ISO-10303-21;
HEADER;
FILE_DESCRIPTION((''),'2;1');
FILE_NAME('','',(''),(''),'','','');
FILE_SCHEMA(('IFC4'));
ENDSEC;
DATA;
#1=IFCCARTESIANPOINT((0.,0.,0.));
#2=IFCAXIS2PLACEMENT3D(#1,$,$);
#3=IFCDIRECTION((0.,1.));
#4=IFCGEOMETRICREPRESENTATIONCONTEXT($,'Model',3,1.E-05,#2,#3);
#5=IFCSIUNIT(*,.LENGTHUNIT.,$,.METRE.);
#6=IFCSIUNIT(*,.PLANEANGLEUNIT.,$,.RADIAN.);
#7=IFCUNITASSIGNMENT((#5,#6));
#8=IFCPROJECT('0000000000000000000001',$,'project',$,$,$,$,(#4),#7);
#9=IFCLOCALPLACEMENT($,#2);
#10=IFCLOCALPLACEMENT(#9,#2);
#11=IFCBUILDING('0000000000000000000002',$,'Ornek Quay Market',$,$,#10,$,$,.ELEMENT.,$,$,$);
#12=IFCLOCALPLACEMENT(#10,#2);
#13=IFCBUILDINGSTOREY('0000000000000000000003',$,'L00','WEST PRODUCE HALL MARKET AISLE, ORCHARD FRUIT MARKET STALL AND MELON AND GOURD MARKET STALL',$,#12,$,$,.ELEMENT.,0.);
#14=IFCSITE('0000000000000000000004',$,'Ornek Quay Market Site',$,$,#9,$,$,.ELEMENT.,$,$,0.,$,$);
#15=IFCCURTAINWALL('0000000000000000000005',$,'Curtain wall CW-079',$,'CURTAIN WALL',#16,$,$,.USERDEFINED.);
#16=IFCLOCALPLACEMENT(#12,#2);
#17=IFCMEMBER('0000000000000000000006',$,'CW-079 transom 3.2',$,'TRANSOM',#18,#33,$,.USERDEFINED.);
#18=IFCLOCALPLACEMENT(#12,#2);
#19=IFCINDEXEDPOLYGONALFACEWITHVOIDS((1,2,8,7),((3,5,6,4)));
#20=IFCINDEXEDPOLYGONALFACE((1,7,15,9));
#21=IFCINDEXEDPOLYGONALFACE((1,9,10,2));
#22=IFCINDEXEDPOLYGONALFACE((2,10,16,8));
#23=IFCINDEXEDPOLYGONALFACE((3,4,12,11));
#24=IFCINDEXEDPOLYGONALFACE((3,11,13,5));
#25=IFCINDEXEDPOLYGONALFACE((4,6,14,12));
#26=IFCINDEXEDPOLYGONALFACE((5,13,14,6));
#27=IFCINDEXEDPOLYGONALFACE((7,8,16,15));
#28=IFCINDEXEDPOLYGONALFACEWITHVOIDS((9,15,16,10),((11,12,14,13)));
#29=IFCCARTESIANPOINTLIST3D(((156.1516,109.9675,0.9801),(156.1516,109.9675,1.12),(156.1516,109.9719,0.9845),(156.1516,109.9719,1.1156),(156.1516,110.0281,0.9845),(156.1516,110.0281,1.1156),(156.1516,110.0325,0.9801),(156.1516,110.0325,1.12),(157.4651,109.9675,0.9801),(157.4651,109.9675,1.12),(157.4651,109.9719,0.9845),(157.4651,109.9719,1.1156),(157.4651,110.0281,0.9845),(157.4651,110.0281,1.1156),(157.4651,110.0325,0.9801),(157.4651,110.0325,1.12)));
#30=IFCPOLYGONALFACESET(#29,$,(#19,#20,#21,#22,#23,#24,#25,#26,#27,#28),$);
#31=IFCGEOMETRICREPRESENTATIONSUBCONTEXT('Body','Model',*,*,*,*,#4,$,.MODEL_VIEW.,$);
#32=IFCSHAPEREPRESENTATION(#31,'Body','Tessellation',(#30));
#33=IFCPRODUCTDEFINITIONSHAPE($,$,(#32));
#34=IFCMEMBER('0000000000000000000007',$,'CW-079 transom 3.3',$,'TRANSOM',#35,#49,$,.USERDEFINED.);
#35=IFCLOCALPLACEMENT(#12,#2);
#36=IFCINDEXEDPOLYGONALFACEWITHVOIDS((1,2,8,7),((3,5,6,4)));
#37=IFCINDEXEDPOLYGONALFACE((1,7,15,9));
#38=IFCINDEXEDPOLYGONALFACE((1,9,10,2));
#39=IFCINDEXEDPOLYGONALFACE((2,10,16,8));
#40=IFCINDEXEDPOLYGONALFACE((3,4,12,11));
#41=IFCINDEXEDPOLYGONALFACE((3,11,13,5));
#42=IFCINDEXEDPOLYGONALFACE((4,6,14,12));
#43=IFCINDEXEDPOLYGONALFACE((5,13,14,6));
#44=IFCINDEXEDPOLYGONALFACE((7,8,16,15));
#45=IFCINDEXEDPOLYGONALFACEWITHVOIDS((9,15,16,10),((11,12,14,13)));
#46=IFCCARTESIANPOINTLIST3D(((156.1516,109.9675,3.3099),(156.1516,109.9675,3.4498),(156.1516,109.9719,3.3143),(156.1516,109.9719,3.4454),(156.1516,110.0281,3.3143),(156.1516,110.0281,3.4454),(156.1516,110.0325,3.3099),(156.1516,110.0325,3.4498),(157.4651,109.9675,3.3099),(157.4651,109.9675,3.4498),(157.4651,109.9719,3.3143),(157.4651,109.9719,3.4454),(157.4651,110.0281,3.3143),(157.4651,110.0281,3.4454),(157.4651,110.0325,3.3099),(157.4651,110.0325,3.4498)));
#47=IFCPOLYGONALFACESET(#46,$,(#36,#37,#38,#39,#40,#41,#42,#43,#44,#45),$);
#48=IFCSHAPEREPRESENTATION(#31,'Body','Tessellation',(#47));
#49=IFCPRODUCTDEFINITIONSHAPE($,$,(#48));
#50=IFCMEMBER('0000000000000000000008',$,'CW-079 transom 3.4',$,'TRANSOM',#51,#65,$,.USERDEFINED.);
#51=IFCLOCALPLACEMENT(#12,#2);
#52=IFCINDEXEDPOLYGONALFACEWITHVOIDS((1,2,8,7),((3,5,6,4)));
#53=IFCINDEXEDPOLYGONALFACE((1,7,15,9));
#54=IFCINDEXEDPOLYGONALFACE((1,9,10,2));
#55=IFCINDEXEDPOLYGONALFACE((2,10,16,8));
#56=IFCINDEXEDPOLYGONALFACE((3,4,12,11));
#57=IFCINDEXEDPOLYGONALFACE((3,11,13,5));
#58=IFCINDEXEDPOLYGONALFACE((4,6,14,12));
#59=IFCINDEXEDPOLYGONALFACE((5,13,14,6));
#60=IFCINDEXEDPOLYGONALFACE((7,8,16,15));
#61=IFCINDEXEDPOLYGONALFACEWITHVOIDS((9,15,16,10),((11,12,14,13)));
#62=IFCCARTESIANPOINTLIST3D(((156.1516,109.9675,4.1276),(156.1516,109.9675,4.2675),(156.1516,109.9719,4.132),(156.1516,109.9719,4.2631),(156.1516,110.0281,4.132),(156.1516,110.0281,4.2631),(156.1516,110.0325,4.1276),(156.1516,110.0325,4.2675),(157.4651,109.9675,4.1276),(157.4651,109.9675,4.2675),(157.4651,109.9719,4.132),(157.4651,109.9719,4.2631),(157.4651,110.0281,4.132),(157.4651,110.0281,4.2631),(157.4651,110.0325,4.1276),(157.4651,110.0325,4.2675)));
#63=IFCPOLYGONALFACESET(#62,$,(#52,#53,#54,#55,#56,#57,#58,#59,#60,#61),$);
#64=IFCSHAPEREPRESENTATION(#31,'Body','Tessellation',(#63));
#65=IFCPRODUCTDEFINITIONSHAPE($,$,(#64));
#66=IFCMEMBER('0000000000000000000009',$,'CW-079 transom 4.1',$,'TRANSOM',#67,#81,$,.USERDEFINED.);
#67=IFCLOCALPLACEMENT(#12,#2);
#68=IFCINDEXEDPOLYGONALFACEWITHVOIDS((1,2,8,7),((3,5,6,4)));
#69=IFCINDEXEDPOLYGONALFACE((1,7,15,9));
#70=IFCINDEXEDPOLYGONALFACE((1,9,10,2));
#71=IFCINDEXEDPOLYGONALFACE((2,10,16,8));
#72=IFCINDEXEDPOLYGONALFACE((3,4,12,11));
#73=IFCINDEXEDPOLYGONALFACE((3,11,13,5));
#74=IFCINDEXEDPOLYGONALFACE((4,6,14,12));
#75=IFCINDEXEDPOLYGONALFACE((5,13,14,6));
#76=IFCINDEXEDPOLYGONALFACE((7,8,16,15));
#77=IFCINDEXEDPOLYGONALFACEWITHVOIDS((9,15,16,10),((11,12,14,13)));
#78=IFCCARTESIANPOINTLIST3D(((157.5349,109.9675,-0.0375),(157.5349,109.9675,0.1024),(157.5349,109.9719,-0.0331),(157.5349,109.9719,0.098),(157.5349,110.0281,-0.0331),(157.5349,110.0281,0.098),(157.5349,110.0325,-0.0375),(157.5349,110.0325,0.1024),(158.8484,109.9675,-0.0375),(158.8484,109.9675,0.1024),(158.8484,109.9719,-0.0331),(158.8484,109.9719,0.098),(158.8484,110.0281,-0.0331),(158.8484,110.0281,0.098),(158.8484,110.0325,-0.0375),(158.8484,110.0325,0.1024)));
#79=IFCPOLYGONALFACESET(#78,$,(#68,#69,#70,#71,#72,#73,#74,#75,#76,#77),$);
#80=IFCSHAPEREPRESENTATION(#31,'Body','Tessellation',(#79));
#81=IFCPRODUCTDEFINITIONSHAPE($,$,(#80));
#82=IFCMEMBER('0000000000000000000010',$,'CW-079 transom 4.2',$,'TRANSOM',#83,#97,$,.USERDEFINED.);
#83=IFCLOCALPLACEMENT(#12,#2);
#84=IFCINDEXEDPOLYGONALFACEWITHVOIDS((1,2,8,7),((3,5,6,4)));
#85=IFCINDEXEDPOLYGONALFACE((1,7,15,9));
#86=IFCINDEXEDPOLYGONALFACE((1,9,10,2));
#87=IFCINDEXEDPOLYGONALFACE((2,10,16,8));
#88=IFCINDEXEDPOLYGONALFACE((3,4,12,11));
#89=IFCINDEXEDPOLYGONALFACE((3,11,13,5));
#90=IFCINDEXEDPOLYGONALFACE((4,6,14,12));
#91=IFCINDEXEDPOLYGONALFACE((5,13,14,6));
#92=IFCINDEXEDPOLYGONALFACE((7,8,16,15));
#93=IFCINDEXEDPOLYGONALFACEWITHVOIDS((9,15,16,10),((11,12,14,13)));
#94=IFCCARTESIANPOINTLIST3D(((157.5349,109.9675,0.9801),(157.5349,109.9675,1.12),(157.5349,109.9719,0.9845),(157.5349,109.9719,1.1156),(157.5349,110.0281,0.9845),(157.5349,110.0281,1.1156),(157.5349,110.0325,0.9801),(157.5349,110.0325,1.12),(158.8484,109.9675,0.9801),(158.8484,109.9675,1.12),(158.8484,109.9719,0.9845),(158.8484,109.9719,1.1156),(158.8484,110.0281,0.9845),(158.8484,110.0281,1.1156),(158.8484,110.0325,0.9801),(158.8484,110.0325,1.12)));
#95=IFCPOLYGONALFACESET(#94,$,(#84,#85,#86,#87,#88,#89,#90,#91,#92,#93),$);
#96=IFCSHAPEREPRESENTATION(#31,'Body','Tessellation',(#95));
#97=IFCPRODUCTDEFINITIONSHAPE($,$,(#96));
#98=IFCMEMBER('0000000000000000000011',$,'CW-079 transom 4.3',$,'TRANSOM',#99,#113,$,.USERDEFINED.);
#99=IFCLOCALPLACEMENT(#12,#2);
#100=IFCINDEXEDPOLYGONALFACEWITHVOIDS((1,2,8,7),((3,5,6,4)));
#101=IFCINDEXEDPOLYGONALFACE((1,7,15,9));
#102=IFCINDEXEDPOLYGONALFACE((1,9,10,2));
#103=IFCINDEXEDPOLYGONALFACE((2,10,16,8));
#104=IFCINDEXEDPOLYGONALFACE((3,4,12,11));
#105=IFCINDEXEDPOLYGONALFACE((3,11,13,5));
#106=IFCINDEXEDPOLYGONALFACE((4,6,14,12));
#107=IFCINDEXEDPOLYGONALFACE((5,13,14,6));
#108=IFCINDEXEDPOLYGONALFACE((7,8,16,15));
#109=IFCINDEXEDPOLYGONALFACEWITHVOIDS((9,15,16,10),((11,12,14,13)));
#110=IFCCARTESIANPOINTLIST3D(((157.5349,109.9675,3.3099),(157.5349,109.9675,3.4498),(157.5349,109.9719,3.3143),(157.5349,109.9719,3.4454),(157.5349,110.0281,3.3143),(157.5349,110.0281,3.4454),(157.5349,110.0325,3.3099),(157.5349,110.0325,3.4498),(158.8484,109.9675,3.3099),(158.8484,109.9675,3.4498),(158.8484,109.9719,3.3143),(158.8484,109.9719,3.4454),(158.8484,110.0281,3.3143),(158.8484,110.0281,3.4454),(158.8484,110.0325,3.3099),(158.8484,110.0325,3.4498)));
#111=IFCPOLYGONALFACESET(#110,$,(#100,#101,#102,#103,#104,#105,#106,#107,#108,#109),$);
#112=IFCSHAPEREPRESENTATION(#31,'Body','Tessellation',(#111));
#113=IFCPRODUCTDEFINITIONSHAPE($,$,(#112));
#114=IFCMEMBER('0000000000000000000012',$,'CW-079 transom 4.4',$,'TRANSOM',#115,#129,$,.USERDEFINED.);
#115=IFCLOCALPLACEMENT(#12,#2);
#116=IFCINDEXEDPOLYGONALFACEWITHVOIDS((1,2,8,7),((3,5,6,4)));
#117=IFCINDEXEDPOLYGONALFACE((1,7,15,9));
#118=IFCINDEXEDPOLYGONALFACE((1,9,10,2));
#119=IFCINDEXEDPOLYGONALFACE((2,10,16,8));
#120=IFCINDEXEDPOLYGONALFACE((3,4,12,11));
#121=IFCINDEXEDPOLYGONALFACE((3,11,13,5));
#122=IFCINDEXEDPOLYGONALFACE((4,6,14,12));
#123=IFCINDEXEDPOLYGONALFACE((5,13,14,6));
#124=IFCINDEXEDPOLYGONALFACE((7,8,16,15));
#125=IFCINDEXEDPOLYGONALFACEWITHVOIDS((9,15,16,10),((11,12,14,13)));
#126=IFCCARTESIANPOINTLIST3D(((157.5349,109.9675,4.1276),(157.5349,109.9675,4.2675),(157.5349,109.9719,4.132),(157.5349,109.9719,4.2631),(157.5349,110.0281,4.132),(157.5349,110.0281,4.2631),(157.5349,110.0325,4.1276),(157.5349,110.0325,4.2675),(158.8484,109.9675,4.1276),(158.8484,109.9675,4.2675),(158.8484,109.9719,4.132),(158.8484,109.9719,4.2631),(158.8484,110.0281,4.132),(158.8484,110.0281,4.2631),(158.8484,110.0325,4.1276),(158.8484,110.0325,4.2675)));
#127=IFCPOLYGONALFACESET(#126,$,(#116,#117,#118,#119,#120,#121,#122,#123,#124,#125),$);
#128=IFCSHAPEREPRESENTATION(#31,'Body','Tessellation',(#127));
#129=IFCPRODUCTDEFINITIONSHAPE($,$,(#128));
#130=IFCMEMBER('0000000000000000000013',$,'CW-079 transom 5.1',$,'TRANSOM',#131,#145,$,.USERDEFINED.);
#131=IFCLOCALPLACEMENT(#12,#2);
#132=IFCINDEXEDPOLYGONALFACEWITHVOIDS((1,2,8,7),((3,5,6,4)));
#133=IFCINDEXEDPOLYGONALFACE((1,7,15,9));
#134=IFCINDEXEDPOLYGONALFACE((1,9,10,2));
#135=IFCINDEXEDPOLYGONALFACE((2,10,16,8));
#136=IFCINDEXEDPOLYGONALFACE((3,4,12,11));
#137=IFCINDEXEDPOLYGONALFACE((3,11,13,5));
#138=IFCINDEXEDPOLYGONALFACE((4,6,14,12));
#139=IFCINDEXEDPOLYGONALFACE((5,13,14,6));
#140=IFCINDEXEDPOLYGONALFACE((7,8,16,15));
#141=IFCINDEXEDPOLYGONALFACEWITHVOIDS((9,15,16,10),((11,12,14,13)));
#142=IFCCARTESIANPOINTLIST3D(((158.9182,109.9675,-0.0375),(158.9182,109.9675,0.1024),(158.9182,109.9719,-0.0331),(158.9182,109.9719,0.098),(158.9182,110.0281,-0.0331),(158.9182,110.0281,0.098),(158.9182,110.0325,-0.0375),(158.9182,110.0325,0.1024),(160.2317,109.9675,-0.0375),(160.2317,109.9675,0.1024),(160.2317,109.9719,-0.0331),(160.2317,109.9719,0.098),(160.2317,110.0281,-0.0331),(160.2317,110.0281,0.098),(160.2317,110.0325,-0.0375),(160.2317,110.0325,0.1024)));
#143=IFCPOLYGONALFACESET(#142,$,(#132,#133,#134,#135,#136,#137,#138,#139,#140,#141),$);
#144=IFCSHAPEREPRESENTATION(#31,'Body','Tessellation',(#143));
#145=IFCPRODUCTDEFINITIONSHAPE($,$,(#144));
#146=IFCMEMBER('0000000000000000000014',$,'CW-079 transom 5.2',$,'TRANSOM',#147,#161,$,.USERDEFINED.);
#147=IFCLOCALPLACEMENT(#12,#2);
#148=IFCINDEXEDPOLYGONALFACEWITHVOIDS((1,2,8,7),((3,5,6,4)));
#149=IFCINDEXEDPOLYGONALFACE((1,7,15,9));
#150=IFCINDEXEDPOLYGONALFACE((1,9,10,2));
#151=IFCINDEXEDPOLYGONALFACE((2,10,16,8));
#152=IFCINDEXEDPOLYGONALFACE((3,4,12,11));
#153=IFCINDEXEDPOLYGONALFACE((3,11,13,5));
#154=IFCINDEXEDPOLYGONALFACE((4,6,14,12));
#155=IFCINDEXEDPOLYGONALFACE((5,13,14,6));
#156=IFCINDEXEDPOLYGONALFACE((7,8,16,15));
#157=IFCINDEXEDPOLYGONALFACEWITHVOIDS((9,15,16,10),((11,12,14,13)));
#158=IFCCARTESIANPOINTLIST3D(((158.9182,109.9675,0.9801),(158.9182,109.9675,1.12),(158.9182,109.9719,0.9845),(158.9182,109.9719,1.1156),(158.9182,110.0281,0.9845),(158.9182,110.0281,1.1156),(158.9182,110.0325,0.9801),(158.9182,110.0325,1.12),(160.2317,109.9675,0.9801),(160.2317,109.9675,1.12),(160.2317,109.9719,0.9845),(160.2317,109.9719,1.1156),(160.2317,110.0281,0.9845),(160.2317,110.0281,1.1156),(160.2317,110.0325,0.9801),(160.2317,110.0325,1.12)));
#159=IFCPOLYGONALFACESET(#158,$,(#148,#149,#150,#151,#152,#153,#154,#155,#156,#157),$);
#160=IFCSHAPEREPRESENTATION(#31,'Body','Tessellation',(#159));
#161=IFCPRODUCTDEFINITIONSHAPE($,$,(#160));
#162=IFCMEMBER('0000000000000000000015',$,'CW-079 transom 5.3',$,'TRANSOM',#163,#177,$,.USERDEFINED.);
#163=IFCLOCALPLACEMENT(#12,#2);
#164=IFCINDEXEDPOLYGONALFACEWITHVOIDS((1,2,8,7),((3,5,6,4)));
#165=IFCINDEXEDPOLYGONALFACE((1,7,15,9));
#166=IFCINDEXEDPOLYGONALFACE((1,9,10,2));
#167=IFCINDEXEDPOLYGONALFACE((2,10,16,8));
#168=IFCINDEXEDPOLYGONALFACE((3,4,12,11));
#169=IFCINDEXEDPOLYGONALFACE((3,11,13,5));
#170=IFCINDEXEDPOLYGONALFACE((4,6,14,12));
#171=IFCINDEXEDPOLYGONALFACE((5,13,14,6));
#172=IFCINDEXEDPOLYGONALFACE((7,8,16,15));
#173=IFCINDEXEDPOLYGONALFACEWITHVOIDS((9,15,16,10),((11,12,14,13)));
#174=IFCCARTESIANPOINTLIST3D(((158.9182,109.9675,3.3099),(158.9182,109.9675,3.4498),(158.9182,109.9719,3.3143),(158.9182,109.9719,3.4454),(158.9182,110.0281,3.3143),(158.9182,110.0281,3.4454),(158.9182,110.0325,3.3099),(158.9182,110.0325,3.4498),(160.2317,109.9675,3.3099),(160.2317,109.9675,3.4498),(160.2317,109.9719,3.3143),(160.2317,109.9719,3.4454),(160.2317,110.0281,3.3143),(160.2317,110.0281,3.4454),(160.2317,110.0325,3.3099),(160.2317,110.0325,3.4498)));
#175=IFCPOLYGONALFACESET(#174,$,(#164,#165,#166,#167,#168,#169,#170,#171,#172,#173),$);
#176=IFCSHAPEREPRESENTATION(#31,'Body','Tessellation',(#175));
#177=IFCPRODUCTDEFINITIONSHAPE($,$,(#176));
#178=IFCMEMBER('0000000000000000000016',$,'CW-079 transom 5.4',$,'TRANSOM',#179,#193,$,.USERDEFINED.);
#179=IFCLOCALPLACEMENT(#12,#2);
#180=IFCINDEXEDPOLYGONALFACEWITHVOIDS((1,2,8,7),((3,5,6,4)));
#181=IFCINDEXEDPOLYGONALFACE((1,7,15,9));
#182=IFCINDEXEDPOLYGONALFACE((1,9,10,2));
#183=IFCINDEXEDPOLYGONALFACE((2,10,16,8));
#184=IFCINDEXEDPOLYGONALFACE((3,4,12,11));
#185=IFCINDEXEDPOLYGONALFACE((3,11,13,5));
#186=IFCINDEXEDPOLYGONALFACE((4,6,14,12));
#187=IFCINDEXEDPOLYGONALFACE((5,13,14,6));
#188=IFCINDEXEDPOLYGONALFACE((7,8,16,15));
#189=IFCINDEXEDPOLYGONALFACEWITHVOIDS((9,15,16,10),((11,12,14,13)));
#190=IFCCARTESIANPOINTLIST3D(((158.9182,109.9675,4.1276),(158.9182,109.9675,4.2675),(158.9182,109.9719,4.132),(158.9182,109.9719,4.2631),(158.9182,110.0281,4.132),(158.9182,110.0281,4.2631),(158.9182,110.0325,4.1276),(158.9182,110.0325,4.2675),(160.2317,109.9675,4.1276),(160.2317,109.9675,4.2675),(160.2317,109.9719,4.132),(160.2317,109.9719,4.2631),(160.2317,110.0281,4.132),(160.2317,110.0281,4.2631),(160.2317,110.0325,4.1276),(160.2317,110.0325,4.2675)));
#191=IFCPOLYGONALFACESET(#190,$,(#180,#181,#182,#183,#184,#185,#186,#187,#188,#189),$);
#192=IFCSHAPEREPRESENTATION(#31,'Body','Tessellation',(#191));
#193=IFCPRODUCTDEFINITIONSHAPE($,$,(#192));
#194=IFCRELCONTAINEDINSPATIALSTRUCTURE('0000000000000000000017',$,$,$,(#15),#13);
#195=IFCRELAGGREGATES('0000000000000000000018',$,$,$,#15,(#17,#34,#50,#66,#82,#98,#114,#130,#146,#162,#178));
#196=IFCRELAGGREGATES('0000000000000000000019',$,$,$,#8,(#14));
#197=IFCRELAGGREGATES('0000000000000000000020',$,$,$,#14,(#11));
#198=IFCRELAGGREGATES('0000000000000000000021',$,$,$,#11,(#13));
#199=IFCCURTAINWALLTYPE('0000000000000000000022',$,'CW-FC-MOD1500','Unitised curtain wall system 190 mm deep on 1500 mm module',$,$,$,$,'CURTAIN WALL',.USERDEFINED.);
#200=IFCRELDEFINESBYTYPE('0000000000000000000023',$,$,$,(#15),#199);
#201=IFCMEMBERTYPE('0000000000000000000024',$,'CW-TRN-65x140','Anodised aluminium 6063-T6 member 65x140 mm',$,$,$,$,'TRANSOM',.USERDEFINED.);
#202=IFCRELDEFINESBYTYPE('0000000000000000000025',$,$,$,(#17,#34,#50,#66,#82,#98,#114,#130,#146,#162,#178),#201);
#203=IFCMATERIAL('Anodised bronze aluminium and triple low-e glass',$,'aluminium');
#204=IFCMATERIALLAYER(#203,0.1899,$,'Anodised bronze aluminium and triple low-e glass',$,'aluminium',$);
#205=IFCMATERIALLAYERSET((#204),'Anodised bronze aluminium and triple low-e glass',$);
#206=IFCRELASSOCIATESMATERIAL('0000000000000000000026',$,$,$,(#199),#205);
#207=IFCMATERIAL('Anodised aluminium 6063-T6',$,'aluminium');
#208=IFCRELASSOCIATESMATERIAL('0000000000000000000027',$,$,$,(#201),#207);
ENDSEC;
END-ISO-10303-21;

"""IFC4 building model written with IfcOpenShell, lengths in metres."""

from ifc_helpers import new_model, si_unit, direction, frame, origin, origin_2d, place, context, subcontext, project, spatial, hollow_rectangle, extrude, material, layer, layer_set, material_profile, profile_set, type_object, element, aggregate, save


model = new_model("IFC4")

# Units and contexts
model_context = context("Model", 3, precision=1e-05, world=origin(), true_north=direction((0.0, 1.0)))
body_context = subcontext(model_context, "Body", "Model", "MODEL_VIEW")
ifc_project = project(units=[si_unit("LENGTHUNIT", "METRE"), si_unit("PLANEANGLEUNIT", "RADIAN")], contexts=[model_context])

# Site, building, storey
site_placement = place(None, origin())
site = spatial("IfcSite", under=ifc_project, at=site_placement, Name="Ornek Quay Market Site", CompositionType="ELEMENT", RefElevation=0.0)
building_placement = place(site_placement, origin())
building = spatial("IfcBuilding", under=site, at=building_placement, Name="Ornek Quay Market", CompositionType="ELEMENT")
storey_placement = place(building_placement, origin())
storey = spatial("IfcBuildingStorey", under=building, at=storey_placement, Name="L00", Description="WEST PRODUCE HALL MARKET AISLE, ORCHARD FRUIT MARKET STALL AND MELON AND GOURD MARKET STALL", CompositionType="ELEMENT", Elevation=0.0)

# Curtain wall, members
ifc_material_1 = material(Name="Anodised bronze aluminium and triple low-e glass", Category="aluminium")
ifc_layer_1 = layer(ifc_material_1, 0.1899, Name="Anodised bronze aluminium and triple low-e glass", Category="aluminium")
ifc_layer_set_1 = layer_set([ifc_layer_1], Name="Anodised bronze aluminium and triple low-e glass")
curtain_wall_type = type_object("IfcCurtainWallType", Name="CW-FC-MOD1500", Description="Unitised curtain wall system 190 mm deep on 1500 mm module", ElementType="CURTAIN WALL", PredefinedType="USERDEFINED", material=ifc_layer_set_1)
curtain_wall_placement = place(storey_placement, origin())
curtain_wall = element("IfcCurtainWall", 1, at=curtain_wall_placement, inside=storey, type_object=curtain_wall_type, Name="Curtain wall CW-079", ObjectType="CURTAIN WALL", PredefinedType="USERDEFINED")
ifc_material_2 = material(Name="Anodised aluminium 6063-T6", Category="aluminium")
ifc_material_profile_1 = material_profile(ifc_material_2, hollow_rectangle(XDim=0.0649, YDim=0.1399, WallThickness=0.0044, at=origin_2d()), Name="CW-TRN-65x140", Category="aluminium")
ifc_profile_set_1 = profile_set([ifc_material_profile_1], Name="Anodised aluminium 6063-T6")
member_type_1 = type_object("IfcMemberType", Name="CW-TRN-65x140", Description="Anodised aluminium 6063-T6 member 65x140 mm", ElementType="TRANSOM", PredefinedType="USERDEFINED", material=ifc_profile_set_1)
member_1_placement = place(storey_placement, frame((156.1516, 110.0, 1.05), z_axis=(1.0, 0.0, 0.0), x_axis=(0.0, 1.0, 0.0)))
member_1 = element("IfcMember", 2, at=member_1_placement, type_object=member_type_1, Name="CW-079 transom 3.2", ObjectType="TRANSOM", PredefinedType="USERDEFINED", context=body_context, shape_type="SweptSolid", body=[
    extrude(hollow_rectangle(XDim=0.0649, YDim=0.1399, WallThickness=0.0044, at=origin_2d()), origin(), (0.0, 0.0, 1.0), 1.3135),
])
member_2_placement = place(storey_placement, frame((156.1516, 110.0, 3.3799), z_axis=(1.0, 0.0, 0.0), x_axis=(0.0, 1.0, 0.0)))
member_2 = element("IfcMember", 3, at=member_2_placement, type_object=member_type_1, Name="CW-079 transom 3.3", ObjectType="TRANSOM", PredefinedType="USERDEFINED", context=body_context, shape_type="SweptSolid", body=[
    extrude(hollow_rectangle(XDim=0.0649, YDim=0.1399, WallThickness=0.0044, at=origin_2d()), origin(), (0.0, 0.0, 1.0), 1.3135),
])
member_3_placement = place(storey_placement, frame((156.1516, 110.0, 4.1975), z_axis=(1.0, 0.0, 0.0), x_axis=(0.0, 1.0, 0.0)))
member_3 = element("IfcMember", 4, at=member_3_placement, type_object=member_type_1, Name="CW-079 transom 3.4", ObjectType="TRANSOM", PredefinedType="USERDEFINED", context=body_context, shape_type="SweptSolid", body=[
    extrude(hollow_rectangle(XDim=0.0649, YDim=0.1399, WallThickness=0.0044, at=origin_2d()), origin(), (0.0, 0.0, 1.0), 1.3135),
])
member_4_placement = place(storey_placement, frame((157.5349, 110.0, 0.0325), z_axis=(1.0, 0.0, 0.0), x_axis=(0.0, 1.0, 0.0)))
member_4 = element("IfcMember", 5, at=member_4_placement, type_object=member_type_1, Name="CW-079 transom 4.1", ObjectType="TRANSOM", PredefinedType="USERDEFINED", context=body_context, shape_type="SweptSolid", body=[
    extrude(hollow_rectangle(XDim=0.0649, YDim=0.1399, WallThickness=0.0044, at=origin_2d()), origin(), (0.0, 0.0, 1.0), 1.3135),
])
member_5_placement = place(storey_placement, frame((157.5349, 110.0, 1.05), z_axis=(1.0, 0.0, 0.0), x_axis=(0.0, 1.0, 0.0)))
member_5 = element("IfcMember", 6, at=member_5_placement, type_object=member_type_1, Name="CW-079 transom 4.2", ObjectType="TRANSOM", PredefinedType="USERDEFINED", context=body_context, shape_type="SweptSolid", body=[
    extrude(hollow_rectangle(XDim=0.0649, YDim=0.1399, WallThickness=0.0044, at=origin_2d()), origin(), (0.0, 0.0, 1.0), 1.3135),
])
member_6_placement = place(storey_placement, frame((157.5349, 110.0, 3.3799), z_axis=(1.0, 0.0, 0.0), x_axis=(0.0, 1.0, 0.0)))
member_6 = element("IfcMember", 7, at=member_6_placement, type_object=member_type_1, Name="CW-079 transom 4.3", ObjectType="TRANSOM", PredefinedType="USERDEFINED", context=body_context, shape_type="SweptSolid", body=[
    extrude(hollow_rectangle(XDim=0.0649, YDim=0.1399, WallThickness=0.0044, at=origin_2d()), origin(), (0.0, 0.0, 1.0), 1.3135),
])
member_7_placement = place(storey_placement, frame((157.5349, 110.0, 4.1975), z_axis=(1.0, 0.0, 0.0), x_axis=(0.0, 1.0, 0.0)))
member_7 = element("IfcMember", 8, at=member_7_placement, type_object=member_type_1, Name="CW-079 transom 4.4", ObjectType="TRANSOM", PredefinedType="USERDEFINED", context=body_context, shape_type="SweptSolid", body=[
    extrude(hollow_rectangle(XDim=0.0649, YDim=0.1399, WallThickness=0.0044, at=origin_2d()), origin(), (0.0, 0.0, 1.0), 1.3135),
])
member_8_placement = place(storey_placement, frame((158.9182, 110.0, 0.0325), z_axis=(1.0, 0.0, 0.0), x_axis=(0.0, 1.0, 0.0)))
member_8 = element("IfcMember", 9, at=member_8_placement, type_object=member_type_1, Name="CW-079 transom 5.1", ObjectType="TRANSOM", PredefinedType="USERDEFINED", context=body_context, shape_type="SweptSolid", body=[
    extrude(hollow_rectangle(XDim=0.0649, YDim=0.1399, WallThickness=0.0044, at=origin_2d()), origin(), (0.0, 0.0, 1.0), 1.3135),
])
member_9_placement = place(storey_placement, frame((158.9182, 110.0, 1.05), z_axis=(1.0, 0.0, 0.0), x_axis=(0.0, 1.0, 0.0)))
member_9 = element("IfcMember", 10, at=member_9_placement, type_object=member_type_1, Name="CW-079 transom 5.2", ObjectType="TRANSOM", PredefinedType="USERDEFINED", context=body_context, shape_type="SweptSolid", body=[
    extrude(hollow_rectangle(XDim=0.0649, YDim=0.1399, WallThickness=0.0044, at=origin_2d()), origin(), (0.0, 0.0, 1.0), 1.3135),
])
member_10_placement = place(storey_placement, frame((158.9182, 110.0, 3.3799), z_axis=(1.0, 0.0, 0.0), x_axis=(0.0, 1.0, 0.0)))
member_10 = element("IfcMember", 11, at=member_10_placement, type_object=member_type_1, Name="CW-079 transom 5.3", ObjectType="TRANSOM", PredefinedType="USERDEFINED", context=body_context, shape_type="SweptSolid", body=[
    extrude(hollow_rectangle(XDim=0.0649, YDim=0.1399, WallThickness=0.0044, at=origin_2d()), origin(), (0.0, 0.0, 1.0), 1.3135),
])
member_11_placement = place(storey_placement, frame((158.9182, 110.0, 4.1975), z_axis=(1.0, 0.0, 0.0), x_axis=(0.0, 1.0, 0.0)))
member_11 = element("IfcMember", 12, at=member_11_placement, type_object=member_type_1, Name="CW-079 transom 5.4", ObjectType="TRANSOM", PredefinedType="USERDEFINED", context=body_context, shape_type="SweptSolid", body=[
    extrude(hollow_rectangle(XDim=0.0649, YDim=0.1399, WallThickness=0.0044, at=origin_2d()), origin(), (0.0, 0.0, 1.0), 1.3135),
])
aggregate(curtain_wall, [member_1, member_2, member_3, member_4, member_5, member_6, member_7, member_8, member_9, member_10, member_11])

save(model, "model.ifc")
